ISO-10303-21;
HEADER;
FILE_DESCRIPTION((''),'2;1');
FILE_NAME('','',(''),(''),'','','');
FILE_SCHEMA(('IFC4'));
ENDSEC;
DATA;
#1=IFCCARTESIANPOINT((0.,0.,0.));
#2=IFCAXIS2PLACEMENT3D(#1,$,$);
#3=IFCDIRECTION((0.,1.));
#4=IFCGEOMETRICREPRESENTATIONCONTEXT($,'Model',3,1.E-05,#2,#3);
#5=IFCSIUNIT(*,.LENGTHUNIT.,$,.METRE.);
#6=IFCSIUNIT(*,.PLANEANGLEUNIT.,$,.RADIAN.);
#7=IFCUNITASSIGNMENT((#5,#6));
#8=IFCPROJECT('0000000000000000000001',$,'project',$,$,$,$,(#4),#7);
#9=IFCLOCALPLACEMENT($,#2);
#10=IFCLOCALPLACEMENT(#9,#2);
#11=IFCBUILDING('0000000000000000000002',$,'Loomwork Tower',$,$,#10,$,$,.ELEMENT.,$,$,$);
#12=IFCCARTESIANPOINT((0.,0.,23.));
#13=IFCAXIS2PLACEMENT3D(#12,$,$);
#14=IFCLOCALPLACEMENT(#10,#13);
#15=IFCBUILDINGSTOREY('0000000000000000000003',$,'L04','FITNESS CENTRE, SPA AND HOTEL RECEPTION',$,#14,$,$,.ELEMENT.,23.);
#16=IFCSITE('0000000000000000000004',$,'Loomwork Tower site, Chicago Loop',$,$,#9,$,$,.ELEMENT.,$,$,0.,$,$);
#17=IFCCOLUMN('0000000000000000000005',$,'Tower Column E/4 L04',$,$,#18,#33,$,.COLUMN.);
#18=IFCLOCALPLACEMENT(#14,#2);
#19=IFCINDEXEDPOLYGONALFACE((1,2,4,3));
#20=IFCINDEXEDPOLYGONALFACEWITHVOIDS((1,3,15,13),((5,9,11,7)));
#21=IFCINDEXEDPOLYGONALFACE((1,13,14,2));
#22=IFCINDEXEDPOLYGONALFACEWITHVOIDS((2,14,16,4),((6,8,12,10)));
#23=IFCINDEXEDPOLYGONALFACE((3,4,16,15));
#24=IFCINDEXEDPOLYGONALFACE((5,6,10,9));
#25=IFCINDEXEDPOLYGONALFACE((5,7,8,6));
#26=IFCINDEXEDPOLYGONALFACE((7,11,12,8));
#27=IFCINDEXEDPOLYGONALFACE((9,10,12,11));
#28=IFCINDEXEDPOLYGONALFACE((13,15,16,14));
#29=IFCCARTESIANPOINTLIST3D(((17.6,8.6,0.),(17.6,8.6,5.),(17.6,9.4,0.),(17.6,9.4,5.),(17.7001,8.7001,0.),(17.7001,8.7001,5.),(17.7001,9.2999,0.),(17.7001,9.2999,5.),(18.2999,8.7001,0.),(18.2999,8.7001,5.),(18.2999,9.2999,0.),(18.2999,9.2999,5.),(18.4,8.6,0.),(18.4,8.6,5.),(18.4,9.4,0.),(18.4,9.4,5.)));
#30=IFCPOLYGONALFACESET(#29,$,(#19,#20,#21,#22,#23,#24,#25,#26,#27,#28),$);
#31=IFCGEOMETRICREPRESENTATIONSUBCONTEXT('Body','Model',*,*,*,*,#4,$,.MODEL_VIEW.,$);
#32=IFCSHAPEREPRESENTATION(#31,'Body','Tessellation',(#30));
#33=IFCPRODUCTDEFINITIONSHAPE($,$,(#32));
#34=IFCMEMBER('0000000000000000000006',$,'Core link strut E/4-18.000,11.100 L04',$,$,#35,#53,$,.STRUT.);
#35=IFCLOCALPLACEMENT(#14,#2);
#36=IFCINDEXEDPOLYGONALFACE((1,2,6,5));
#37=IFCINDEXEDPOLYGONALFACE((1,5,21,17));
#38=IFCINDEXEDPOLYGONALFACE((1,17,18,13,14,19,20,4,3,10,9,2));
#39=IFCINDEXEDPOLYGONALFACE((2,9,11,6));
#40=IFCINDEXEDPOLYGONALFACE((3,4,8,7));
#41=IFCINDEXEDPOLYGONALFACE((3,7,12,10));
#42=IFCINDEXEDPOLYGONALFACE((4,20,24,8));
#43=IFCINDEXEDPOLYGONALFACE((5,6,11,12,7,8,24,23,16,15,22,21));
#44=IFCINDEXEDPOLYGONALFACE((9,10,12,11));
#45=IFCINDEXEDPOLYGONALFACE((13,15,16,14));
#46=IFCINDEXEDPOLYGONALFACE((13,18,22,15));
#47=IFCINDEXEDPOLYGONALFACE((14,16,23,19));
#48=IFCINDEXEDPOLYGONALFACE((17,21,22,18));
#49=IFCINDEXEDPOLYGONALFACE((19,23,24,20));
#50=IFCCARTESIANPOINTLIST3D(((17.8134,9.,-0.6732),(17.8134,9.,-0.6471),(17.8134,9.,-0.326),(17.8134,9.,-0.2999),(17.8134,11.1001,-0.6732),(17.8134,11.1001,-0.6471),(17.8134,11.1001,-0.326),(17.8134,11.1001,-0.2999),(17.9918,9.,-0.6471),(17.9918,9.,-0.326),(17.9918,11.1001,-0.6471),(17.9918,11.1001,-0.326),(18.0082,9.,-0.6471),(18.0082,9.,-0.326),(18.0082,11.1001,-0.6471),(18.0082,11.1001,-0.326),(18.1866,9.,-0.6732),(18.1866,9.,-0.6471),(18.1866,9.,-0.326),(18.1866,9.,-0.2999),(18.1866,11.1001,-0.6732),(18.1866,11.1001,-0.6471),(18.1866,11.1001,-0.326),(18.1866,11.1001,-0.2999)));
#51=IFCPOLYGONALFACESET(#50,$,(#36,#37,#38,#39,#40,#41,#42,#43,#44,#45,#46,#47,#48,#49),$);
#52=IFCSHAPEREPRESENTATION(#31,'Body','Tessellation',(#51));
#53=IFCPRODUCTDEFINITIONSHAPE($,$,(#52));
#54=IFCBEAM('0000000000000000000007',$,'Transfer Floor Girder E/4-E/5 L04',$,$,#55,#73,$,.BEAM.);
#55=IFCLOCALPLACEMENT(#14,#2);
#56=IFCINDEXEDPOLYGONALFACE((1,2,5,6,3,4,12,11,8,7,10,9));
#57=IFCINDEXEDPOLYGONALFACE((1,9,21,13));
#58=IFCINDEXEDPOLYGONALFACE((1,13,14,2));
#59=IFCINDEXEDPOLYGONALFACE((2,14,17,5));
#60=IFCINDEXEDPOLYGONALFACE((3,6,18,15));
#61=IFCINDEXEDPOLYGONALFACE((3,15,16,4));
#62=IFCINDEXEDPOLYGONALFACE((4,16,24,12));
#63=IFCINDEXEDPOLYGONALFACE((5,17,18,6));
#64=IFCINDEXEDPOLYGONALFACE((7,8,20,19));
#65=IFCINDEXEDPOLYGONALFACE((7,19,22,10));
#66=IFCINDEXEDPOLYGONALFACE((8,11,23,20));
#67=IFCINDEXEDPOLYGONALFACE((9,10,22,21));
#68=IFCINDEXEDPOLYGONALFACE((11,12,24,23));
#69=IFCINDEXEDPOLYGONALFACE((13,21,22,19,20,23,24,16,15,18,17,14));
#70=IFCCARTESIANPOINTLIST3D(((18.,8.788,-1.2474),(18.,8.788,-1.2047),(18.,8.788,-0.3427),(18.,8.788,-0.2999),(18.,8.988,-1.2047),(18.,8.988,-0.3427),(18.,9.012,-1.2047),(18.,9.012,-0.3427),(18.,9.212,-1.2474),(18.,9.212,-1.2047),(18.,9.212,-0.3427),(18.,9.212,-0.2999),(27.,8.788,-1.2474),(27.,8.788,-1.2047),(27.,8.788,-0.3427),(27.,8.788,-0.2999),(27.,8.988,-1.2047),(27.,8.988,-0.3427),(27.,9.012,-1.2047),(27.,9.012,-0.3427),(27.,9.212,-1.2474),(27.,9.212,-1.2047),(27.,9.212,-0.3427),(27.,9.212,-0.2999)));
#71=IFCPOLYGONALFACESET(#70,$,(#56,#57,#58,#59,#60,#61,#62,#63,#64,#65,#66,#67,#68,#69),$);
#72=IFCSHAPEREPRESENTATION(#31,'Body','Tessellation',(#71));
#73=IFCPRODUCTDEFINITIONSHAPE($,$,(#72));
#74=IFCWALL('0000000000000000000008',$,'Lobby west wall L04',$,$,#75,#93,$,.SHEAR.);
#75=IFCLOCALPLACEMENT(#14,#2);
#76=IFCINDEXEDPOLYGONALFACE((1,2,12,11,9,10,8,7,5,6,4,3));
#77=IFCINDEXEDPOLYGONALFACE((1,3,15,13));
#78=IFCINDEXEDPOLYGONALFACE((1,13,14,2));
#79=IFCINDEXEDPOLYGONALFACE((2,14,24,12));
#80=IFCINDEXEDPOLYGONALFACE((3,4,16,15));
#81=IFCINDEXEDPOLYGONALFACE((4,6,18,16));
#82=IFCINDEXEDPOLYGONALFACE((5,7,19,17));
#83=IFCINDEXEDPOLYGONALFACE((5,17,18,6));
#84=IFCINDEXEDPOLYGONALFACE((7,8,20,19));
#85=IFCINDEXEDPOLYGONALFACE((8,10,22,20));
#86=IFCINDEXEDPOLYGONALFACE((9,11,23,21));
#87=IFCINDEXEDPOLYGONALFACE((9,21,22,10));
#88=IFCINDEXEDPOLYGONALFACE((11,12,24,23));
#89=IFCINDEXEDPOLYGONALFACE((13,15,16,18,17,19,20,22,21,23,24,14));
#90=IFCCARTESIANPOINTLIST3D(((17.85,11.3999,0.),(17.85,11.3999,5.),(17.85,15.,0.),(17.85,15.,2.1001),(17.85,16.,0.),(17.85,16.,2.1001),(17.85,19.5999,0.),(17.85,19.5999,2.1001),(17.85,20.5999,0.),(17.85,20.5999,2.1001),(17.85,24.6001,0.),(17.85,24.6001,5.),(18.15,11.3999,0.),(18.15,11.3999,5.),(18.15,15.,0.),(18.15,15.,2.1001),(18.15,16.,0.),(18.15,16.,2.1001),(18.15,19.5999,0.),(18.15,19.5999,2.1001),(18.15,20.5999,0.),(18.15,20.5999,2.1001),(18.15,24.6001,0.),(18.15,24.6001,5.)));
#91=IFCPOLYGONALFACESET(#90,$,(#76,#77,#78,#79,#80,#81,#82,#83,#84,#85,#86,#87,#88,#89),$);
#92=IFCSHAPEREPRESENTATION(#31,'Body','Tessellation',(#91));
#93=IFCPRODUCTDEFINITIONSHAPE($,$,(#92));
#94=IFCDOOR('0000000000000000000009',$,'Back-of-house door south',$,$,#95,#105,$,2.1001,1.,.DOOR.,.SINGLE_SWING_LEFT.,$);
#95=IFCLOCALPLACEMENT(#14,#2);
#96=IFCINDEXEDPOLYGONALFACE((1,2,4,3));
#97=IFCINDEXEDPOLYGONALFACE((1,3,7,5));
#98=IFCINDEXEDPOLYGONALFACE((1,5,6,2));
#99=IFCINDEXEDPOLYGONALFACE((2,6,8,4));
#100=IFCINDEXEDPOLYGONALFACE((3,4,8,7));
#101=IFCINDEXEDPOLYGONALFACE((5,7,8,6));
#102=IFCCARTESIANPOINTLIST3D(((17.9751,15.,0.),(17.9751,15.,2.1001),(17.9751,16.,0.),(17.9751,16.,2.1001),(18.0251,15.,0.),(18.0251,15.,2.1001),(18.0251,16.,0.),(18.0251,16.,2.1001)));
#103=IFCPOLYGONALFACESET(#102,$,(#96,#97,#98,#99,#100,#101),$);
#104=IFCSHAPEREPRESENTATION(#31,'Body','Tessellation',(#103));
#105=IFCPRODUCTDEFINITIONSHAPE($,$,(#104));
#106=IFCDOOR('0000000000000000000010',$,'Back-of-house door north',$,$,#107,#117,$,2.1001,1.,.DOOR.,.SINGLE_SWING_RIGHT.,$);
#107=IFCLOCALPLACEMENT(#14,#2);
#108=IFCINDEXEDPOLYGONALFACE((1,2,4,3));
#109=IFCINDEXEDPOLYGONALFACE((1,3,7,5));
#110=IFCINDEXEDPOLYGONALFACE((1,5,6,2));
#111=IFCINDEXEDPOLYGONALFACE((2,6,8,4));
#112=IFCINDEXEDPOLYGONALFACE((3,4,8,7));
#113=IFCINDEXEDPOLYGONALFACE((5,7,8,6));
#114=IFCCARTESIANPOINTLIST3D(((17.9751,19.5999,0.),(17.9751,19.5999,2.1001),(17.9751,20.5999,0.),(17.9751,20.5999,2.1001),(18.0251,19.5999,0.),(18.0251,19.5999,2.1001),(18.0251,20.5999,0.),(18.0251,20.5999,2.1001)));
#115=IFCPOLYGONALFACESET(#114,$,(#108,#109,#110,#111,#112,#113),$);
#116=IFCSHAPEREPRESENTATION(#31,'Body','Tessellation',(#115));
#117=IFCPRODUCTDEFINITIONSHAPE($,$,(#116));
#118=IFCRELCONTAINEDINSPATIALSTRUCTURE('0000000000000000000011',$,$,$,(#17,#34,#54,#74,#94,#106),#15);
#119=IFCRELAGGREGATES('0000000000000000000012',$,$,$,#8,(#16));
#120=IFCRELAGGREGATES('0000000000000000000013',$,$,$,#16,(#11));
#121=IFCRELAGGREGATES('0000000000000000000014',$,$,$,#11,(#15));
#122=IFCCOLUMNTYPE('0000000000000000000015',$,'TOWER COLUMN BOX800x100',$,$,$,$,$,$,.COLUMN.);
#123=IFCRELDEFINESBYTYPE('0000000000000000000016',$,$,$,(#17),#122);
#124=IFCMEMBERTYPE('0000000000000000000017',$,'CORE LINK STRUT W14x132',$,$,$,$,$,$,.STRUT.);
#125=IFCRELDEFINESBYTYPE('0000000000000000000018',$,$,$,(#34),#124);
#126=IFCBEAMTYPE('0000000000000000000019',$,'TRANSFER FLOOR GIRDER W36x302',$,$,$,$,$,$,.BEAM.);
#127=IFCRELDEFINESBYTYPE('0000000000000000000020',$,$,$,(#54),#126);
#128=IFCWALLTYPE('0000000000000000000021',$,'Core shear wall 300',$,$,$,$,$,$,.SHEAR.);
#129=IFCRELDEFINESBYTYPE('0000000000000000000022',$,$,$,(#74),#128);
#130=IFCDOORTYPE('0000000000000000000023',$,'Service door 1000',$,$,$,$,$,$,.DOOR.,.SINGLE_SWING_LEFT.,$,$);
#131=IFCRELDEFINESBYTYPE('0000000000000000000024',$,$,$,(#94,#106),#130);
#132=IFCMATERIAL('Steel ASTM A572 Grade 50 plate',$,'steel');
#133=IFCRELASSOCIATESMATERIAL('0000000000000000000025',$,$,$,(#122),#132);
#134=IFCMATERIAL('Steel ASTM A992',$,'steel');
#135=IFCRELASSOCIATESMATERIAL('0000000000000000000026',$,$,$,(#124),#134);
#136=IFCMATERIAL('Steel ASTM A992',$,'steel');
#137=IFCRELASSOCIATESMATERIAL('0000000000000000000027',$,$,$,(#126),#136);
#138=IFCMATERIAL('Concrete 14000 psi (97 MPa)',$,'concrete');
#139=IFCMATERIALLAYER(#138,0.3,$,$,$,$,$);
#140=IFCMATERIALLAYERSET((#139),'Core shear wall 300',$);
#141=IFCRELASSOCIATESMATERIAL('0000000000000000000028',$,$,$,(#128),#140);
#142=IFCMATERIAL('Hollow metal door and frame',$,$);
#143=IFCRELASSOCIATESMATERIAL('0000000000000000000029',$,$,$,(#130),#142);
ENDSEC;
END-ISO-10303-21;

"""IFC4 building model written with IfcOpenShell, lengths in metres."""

from ifc_helpers import new_model, si_unit, direction, frame, frame_2d, origin, origin_2d, place, context, subcontext, project, spatial, rectangle, hollow_rectangle, i_section, extrude, material, layer, layer_set, material_profile, profile_set, type_object, element, fill, save


model = new_model("IFC4")

# Units and contexts
model_context = context("Model", 3, precision=1e-05, world=origin(), true_north=direction((0.0, 1.0)))
body_context = subcontext(model_context, "Body", "Model", "MODEL_VIEW")
ifc_project = project(units=[si_unit("LENGTHUNIT", "METRE"), si_unit("PLANEANGLEUNIT", "RADIAN")], contexts=[model_context])

# Site, building, storey
site_placement = place(None, origin())
site = spatial("IfcSite", under=ifc_project, at=site_placement, Name="Loomwork Tower site, Chicago Loop", CompositionType="ELEMENT", RefElevation=0.0)
building_placement = place(site_placement, origin())
building = spatial("IfcBuilding", under=site, at=building_placement, Name="Loomwork Tower", CompositionType="ELEMENT")
storey_placement = place(building_placement, frame((0.0, 0.0, 23.0)))
storey = spatial("IfcBuildingStorey", under=building, at=storey_placement, Name="L04", Description="FITNESS CENTRE, SPA AND HOTEL RECEPTION", CompositionType="ELEMENT", Elevation=23.0)

# Column
ifc_material_1 = material(Name="Steel ASTM A572 Grade 50 plate", Category="steel")
ifc_material_profile_1 = material_profile(ifc_material_1, hollow_rectangle(XDim=0.8, YDim=0.8, WallThickness=0.1001, at=origin_2d()), Name="BOX800x100")
ifc_profile_set_1 = profile_set([ifc_material_profile_1], Name="Steel ASTM A572 Grade 50 plate")
column_type = type_object("IfcColumnType", Name="TOWER COLUMN BOX800x100", PredefinedType="COLUMN", material=ifc_profile_set_1)
column_placement = place(storey_placement, frame((18.0, 9.0, 0.0), z_axis=(0.0, 0.0, 1.0), x_axis=(1.0, 0.0, 0.0)))
element("IfcColumn", 1, at=column_placement, inside=storey, type_object=column_type, Name="Tower Column E/4 L04", PredefinedType="COLUMN", context=body_context, shape_type="SweptSolid", body=[
    extrude(hollow_rectangle(XDim=0.8, YDim=0.8, WallThickness=0.1001, at=origin_2d()), origin(), (0.0, 0.0, 1.0), 5.0),
])

# Member
ifc_material_2 = material(Name="Steel ASTM A992", Category="steel")
ifc_material_profile_2 = material_profile(ifc_material_2, i_section(OverallWidth=0.3733, OverallDepth=0.3733, WebThickness=0.0164, FlangeThickness=0.0261, at=origin_2d()), Name="W14x132")
ifc_profile_set_2 = profile_set([ifc_material_profile_2], Name="Steel ASTM A992")
member_type = type_object("IfcMemberType", Name="CORE LINK STRUT W14x132", PredefinedType="STRUT", material=ifc_profile_set_2)
member_placement = place(storey_placement, frame((18.0, 9.0, -0.4866), z_axis=(0.0, 1.0, 0.0), x_axis=(-1.0, 0.0, 0.0)))
element("IfcMember", 2, at=member_placement, inside=storey, type_object=member_type, Name="Core link strut E/4-18.000,11.100 L04", PredefinedType="STRUT", context=body_context, shape_type="SweptSolid", body=[
    extrude(i_section(OverallWidth=0.3733, OverallDepth=0.3733, WebThickness=0.0164, FlangeThickness=0.0261, at=origin_2d()), origin(), (0.0, 0.0, 1.0), 2.1001),
])

# Beam
ifc_material_3 = material(Name="Steel ASTM A992", Category="steel")
ifc_material_profile_3 = material_profile(ifc_material_3, i_section(OverallWidth=0.4241, OverallDepth=0.9475, WebThickness=0.0239, FlangeThickness=0.0427, at=origin_2d()), Name="W36x302")
ifc_profile_set_3 = profile_set([ifc_material_profile_3], Name="Steel ASTM A992")
beam_type = type_object("IfcBeamType", Name="TRANSFER FLOOR GIRDER W36x302", PredefinedType="BEAM", material=ifc_profile_set_3)
beam_placement = place(storey_placement, frame((18.0, 9.0, -0.7737), z_axis=(1.0, 0.0, 0.0), x_axis=(0.0, 1.0, 0.0)))
element("IfcBeam", 3, at=beam_placement, inside=storey, type_object=beam_type, Name="Transfer Floor Girder E/4-E/5 L04", PredefinedType="BEAM", context=body_context, shape_type="SweptSolid", body=[
    extrude(i_section(OverallWidth=0.4241, OverallDepth=0.9475, WebThickness=0.0239, FlangeThickness=0.0427, at=origin_2d()), origin(), (0.0, 0.0, 1.0), 9.0),
])

# Wall, openings, doors
ifc_material_4 = material(Name="Concrete 14000 psi (97 MPa)", Category="concrete")
ifc_layer_1 = layer(ifc_material_4, 0.3)
ifc_layer_set_1 = layer_set([ifc_layer_1], Name="Core shear wall 300")
wall_type_1 = type_object("IfcWallType", Name="Core shear wall 300", PredefinedType="SHEAR", material=ifc_layer_set_1)
wall_1_placement = place(storey_placement, frame((18.0, 11.3999, 0.0), z_axis=(0.0, 0.0, 1.0), x_axis=(0.0, 1.0, 0.0)))
wall_1 = element("IfcWall", 4, at=wall_1_placement, inside=storey, type_object=wall_type_1, Name="Lobby west wall L04", PredefinedType="SHEAR", context=body_context, shape_type="SweptSolid", body=[
    extrude(rectangle(XDim=13.2002, YDim=0.3, at=frame_2d((6.6001, 0.0))), origin(), (0.0, 0.0, 1.0), 5.0),
])
opening_1_placement = place(wall_1_placement, frame((3.6001, 0.0, 0.0)))
opening_1 = element("IfcOpeningElement", 5, at=opening_1_placement, cuts=wall_1, PredefinedType="OPENING", context=body_context, shape_type="SweptSolid", body=[
    extrude(rectangle(XDim=1.0, YDim=2.1001, at=frame_2d((0.5, 1.05))), frame((0.0, 0.1599, 0.0), z_axis=(0.0, -1.0, 0.0), x_axis=(1.0, 0.0, 0.0)), (0.0, 0.0, 1.0), 0.3201),
])
opening_2_placement = place(wall_1_placement, frame((8.2, 0.0, 0.0)))
opening_2 = element("IfcOpeningElement", 6, at=opening_2_placement, cuts=wall_1, PredefinedType="OPENING", context=body_context, shape_type="SweptSolid", body=[
    extrude(rectangle(XDim=1.0, YDim=2.1001, at=frame_2d((0.5, 1.05))), frame((0.0, 0.1599, 0.0), z_axis=(0.0, -1.0, 0.0), x_axis=(1.0, 0.0, 0.0)), (0.0, 0.0, 1.0), 0.3201),
])
ifc_material_5 = material(Name="Hollow metal door and frame")
door_type_1 = type_object("IfcDoorType", Name="Service door 1000", OperationType="SINGLE_SWING_LEFT", PredefinedType="DOOR", material=ifc_material_5)
door_1_placement = place(opening_1_placement, origin())
door_1 = element("IfcDoor", 7, at=door_1_placement, inside=storey, type_object=door_type_1, Name="Back-of-house door south", OperationType="SINGLE_SWING_LEFT", OverallHeight=2.1001, OverallWidth=1.0, PredefinedType="DOOR", context=body_context, shape_type="SweptSolid", body=[
    extrude(rectangle(XDim=1.0, YDim=2.1001, at=frame_2d((0.5, 1.05))), frame((0.0, 0.0249, 0.0), z_axis=(0.0, -1.0, 0.0), x_axis=(1.0, 0.0, 0.0)), (0.0, 0.0, 1.0), 0.05),
])
fill(opening_1, door_1)
door_2_placement = place(opening_2_placement, origin())
door_2 = element("IfcDoor", 8, at=door_2_placement, inside=storey, type_object=door_type_1, Name="Back-of-house door north", OperationType="SINGLE_SWING_RIGHT", OverallHeight=2.1001, OverallWidth=1.0, PredefinedType="DOOR", context=body_context, shape_type="SweptSolid", body=[
    extrude(rectangle(XDim=1.0, YDim=2.1001, at=frame_2d((0.5, 1.05))), frame((0.0, 0.0249, 0.0), z_axis=(0.0, -1.0, 0.0), x_axis=(1.0, 0.0, 0.0)), (0.0, 0.0, 1.0), 0.05),
])
fill(opening_2, door_2)

save(model, "model.ifc")
